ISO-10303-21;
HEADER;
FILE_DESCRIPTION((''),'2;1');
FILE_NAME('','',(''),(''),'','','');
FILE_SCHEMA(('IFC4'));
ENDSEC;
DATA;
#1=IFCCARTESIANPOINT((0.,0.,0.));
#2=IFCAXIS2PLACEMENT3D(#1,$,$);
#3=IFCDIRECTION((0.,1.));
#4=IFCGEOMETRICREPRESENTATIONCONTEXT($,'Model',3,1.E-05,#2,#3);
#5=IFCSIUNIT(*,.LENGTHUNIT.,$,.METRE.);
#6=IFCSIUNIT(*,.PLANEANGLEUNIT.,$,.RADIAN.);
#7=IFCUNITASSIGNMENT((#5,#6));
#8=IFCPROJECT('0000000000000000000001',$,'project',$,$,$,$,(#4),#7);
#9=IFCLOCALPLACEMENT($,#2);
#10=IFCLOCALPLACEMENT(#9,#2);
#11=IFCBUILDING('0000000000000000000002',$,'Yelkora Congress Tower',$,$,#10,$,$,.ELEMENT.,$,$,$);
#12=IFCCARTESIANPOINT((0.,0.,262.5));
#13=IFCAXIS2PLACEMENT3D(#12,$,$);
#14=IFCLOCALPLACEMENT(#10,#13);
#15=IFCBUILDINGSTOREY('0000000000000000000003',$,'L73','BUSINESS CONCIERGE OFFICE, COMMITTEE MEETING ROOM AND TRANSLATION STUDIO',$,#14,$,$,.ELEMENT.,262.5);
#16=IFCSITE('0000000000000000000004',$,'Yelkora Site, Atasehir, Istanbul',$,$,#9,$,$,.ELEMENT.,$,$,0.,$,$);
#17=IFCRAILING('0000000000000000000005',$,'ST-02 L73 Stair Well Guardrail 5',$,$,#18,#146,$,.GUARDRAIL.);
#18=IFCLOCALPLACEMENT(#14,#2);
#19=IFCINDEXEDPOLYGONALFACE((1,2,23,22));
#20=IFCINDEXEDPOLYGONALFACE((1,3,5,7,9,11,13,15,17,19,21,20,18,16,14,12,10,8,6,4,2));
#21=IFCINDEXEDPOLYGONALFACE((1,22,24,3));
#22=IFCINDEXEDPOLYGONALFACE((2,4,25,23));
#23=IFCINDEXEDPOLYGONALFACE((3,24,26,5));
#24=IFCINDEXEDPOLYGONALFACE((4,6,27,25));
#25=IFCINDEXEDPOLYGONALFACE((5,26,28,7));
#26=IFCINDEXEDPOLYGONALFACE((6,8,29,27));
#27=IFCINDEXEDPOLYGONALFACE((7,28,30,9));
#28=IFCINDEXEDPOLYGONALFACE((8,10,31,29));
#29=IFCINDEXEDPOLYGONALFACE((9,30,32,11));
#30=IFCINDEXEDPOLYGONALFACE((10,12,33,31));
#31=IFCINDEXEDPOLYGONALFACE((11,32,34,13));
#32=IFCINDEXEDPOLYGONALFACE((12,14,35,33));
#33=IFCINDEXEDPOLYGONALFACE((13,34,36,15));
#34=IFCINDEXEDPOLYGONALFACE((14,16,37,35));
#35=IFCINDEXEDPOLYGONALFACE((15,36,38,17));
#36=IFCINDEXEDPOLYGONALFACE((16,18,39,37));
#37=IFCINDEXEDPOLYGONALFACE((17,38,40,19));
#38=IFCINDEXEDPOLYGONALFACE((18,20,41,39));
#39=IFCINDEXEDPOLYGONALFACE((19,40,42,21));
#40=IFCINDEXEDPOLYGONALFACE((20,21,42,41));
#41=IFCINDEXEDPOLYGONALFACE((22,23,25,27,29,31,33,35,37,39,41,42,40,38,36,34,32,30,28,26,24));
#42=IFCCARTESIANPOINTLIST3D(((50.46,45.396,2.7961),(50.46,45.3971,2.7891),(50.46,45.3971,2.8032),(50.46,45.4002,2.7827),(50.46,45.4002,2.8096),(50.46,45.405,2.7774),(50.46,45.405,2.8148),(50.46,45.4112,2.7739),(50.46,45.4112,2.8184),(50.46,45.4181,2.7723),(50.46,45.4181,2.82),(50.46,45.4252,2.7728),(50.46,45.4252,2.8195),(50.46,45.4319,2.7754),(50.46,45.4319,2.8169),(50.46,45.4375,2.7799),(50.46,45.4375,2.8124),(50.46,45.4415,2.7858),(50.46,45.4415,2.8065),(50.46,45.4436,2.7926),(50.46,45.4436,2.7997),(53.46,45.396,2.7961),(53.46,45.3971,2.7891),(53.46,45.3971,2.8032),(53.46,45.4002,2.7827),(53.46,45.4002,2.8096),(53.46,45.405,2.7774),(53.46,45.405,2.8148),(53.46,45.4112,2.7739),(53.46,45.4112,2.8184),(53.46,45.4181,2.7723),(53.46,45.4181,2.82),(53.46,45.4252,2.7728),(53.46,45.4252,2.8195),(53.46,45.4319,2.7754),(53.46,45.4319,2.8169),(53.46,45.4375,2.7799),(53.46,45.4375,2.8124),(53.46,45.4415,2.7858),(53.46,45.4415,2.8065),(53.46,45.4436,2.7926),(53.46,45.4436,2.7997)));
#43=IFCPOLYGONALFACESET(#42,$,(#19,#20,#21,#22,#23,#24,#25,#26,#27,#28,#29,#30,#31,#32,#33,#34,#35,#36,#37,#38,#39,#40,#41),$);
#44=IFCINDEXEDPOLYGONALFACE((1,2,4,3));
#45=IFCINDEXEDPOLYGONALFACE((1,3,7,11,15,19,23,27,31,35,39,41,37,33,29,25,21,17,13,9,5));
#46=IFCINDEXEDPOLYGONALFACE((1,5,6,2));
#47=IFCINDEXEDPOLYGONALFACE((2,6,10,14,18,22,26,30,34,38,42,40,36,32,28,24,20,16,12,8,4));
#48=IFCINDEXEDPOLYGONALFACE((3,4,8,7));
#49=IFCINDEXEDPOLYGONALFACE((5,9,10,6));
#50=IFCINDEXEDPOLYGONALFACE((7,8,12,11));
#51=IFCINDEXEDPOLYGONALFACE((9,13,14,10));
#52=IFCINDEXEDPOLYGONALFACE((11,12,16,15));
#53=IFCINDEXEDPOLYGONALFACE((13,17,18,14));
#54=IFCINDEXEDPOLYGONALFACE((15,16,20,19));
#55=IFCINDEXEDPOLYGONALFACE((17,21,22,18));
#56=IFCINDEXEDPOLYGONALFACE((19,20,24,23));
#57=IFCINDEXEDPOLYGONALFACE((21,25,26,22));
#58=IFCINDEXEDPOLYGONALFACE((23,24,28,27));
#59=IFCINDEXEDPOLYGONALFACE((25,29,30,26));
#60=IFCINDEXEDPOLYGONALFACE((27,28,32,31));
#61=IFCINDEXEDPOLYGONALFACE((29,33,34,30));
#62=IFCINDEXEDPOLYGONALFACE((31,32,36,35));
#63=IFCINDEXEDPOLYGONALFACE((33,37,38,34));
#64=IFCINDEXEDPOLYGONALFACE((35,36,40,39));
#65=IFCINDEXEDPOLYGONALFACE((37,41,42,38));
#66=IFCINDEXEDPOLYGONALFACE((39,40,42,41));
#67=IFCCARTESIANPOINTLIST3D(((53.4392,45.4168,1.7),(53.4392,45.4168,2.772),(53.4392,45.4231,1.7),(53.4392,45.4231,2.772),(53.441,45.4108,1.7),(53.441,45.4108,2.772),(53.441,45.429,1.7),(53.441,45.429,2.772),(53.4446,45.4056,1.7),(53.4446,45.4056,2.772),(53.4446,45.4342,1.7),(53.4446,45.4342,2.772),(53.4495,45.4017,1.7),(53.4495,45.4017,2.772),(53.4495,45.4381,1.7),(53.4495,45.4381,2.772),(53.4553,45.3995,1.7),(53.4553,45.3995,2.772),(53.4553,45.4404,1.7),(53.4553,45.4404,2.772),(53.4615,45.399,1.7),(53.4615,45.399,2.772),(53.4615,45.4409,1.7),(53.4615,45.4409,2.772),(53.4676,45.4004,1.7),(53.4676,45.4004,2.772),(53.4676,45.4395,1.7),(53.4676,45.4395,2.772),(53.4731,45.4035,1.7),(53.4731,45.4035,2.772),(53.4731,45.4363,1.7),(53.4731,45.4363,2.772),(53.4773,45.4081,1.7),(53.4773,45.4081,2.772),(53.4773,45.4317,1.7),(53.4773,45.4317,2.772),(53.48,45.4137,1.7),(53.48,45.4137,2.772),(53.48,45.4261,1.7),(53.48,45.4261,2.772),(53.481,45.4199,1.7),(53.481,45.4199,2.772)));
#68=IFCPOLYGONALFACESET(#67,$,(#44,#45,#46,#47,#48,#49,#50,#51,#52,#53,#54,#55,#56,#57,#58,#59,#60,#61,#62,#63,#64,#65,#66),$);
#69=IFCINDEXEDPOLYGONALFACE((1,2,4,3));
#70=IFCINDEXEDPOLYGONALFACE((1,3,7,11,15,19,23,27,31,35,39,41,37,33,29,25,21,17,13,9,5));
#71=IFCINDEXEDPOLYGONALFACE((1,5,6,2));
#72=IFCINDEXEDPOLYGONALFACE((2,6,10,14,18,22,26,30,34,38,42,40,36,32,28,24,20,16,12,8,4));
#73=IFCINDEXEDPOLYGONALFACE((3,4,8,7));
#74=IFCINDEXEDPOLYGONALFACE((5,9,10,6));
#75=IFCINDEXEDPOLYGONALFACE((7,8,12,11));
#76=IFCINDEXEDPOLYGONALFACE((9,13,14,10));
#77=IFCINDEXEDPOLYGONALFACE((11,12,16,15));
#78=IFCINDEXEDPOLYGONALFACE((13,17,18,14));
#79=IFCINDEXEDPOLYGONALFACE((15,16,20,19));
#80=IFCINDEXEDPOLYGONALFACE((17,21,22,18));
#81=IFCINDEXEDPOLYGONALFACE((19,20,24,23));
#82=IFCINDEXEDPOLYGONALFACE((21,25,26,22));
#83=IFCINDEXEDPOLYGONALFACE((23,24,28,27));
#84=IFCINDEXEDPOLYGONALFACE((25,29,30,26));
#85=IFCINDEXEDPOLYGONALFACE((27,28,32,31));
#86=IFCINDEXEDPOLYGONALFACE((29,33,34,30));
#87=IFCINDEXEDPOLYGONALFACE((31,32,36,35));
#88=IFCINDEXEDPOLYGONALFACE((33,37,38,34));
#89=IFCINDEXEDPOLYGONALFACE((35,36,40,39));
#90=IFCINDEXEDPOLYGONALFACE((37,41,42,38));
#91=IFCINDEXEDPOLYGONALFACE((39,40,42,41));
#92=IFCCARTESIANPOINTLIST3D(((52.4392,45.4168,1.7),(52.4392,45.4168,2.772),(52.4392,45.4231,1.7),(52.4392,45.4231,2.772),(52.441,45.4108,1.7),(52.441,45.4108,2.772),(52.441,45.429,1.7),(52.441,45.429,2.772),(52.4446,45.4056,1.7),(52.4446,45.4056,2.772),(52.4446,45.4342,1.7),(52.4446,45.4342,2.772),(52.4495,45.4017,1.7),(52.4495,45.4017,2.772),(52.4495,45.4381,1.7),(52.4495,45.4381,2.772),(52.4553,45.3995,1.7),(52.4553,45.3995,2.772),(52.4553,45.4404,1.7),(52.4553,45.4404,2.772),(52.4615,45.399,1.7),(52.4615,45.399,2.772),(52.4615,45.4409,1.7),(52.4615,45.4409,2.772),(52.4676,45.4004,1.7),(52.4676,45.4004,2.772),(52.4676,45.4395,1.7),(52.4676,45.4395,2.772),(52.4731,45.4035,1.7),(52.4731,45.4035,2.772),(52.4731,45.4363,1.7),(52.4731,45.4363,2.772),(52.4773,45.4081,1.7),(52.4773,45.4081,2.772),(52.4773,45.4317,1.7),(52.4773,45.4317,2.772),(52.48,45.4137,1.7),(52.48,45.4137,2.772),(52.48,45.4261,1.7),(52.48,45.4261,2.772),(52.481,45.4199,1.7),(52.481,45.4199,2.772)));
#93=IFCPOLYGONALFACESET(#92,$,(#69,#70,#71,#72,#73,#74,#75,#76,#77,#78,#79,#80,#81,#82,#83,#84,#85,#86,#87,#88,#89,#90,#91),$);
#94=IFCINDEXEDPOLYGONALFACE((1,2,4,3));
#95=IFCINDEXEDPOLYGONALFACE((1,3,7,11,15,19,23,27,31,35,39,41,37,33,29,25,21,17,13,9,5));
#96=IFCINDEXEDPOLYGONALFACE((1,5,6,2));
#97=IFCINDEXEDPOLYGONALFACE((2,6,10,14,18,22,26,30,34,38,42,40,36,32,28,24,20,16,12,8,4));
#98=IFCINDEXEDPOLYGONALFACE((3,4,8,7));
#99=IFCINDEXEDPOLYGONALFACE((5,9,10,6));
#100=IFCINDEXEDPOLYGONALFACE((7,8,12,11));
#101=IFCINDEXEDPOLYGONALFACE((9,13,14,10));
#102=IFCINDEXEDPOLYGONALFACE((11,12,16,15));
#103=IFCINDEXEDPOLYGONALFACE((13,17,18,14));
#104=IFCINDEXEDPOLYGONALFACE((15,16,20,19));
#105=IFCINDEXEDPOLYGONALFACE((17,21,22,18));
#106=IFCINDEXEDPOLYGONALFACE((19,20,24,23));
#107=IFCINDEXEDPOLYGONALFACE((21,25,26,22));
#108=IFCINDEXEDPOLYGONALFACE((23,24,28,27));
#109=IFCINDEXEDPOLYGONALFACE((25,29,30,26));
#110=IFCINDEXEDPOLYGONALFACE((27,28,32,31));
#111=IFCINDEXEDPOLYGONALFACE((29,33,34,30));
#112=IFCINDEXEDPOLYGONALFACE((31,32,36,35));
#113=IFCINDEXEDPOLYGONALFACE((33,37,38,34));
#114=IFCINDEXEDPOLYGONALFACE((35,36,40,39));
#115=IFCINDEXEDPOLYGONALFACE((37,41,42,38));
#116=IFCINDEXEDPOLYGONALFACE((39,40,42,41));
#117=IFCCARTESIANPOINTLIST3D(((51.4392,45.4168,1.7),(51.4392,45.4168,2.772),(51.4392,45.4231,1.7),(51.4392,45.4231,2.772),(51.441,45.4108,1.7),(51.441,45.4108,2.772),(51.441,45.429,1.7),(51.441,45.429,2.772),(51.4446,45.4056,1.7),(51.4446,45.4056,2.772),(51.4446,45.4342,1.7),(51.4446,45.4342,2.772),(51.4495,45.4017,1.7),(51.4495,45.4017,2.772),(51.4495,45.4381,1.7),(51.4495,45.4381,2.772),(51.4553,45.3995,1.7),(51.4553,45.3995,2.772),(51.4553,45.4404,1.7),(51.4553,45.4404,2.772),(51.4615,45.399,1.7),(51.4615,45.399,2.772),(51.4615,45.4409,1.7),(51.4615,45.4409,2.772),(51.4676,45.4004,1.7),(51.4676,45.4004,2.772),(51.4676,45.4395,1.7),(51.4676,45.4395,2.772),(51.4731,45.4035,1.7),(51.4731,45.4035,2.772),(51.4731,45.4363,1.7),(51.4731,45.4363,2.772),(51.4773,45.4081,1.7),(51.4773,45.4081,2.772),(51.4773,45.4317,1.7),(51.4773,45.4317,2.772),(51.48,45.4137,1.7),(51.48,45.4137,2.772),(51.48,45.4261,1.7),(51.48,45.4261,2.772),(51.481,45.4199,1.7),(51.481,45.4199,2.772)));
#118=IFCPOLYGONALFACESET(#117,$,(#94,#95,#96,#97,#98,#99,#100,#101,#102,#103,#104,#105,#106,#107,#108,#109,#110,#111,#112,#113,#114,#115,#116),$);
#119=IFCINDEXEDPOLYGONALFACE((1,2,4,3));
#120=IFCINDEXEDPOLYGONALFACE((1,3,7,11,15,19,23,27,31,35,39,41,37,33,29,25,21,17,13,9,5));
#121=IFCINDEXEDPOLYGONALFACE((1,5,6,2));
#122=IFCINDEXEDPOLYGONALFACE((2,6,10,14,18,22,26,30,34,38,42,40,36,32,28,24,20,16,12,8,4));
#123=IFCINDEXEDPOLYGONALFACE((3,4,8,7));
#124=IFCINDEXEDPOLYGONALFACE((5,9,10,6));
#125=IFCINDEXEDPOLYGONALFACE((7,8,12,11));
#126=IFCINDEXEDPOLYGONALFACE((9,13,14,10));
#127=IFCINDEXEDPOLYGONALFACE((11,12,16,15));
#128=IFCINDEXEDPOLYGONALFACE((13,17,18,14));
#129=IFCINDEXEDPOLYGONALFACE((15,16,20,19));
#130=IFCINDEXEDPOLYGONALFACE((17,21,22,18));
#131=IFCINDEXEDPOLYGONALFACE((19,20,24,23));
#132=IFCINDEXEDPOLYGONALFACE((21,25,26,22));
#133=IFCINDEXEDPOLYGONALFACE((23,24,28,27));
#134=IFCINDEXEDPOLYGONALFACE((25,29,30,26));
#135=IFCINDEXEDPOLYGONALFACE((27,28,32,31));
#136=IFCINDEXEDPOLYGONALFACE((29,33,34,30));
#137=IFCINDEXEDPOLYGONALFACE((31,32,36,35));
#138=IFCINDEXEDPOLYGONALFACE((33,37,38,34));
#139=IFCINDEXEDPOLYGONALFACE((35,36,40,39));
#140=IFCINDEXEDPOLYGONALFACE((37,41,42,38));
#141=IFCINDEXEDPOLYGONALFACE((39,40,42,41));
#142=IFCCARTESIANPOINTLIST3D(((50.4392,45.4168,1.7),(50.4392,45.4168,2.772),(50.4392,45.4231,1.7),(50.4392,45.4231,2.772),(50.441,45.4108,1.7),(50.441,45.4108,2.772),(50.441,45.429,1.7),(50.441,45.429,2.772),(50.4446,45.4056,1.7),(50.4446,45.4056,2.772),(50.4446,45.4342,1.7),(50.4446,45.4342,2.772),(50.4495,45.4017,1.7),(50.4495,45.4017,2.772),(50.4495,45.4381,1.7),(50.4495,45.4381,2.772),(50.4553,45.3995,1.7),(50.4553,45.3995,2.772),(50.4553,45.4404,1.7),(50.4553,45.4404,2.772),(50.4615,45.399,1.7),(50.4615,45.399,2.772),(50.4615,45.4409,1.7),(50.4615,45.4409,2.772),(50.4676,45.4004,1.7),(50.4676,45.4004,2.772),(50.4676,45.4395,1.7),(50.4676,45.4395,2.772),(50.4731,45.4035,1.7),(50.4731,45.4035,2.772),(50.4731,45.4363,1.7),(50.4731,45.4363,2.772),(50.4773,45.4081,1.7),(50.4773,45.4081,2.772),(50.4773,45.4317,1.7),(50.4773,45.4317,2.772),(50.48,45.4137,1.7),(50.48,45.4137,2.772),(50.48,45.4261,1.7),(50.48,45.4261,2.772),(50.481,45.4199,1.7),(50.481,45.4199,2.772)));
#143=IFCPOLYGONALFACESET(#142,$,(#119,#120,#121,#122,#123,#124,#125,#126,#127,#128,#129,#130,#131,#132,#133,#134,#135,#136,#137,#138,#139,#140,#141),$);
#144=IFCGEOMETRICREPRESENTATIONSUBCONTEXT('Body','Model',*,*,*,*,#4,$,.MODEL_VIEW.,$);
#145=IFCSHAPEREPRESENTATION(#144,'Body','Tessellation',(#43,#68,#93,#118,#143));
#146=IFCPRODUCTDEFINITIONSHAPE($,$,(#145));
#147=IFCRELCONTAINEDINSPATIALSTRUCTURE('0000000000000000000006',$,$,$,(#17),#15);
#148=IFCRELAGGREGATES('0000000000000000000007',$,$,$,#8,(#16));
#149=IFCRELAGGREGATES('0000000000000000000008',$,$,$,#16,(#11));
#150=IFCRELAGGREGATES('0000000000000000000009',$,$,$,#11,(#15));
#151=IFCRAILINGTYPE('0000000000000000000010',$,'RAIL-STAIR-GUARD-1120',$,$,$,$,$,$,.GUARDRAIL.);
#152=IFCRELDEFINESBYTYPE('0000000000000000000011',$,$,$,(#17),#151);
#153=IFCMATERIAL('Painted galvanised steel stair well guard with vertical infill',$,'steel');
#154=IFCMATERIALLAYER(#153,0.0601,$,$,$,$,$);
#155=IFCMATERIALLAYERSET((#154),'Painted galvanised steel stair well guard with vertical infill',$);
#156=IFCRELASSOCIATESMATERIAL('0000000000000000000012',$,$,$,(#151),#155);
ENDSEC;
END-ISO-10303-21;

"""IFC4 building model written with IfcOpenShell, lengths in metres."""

from ifc_helpers import new_model, si_unit, direction, frame, origin, origin_2d, place, context, subcontext, project, spatial, circle, extrude, material, layer, layer_set, type_object, element, save


model = new_model("IFC4")

# Units and contexts
model_context = context("Model", 3, precision=1e-05, world=origin(), true_north=direction((0.0, 1.0)))
body_context = subcontext(model_context, "Body", "Model", "MODEL_VIEW")
ifc_project = project(units=[si_unit("LENGTHUNIT", "METRE"), si_unit("PLANEANGLEUNIT", "RADIAN")], contexts=[model_context])

# Site, building, storey
site_placement = place(None, origin())
site = spatial("IfcSite", under=ifc_project, at=site_placement, Name="Yelkora Site, Atasehir, Istanbul", CompositionType="ELEMENT", RefElevation=0.0)
building_placement = place(site_placement, origin())
building = spatial("IfcBuilding", under=site, at=building_placement, Name="Yelkora Congress Tower", CompositionType="ELEMENT")
storey_placement = place(building_placement, frame((0.0, 0.0, 262.5)))
storey = spatial("IfcBuildingStorey", under=building, at=storey_placement, Name="L73", Description="BUSINESS CONCIERGE OFFICE, COMMITTEE MEETING ROOM AND TRANSLATION STUDIO", CompositionType="ELEMENT", Elevation=262.5)

# Railing
ifc_material_1 = material(Name="Painted galvanised steel stair well guard with vertical infill", Category="steel")
ifc_layer_1 = layer(ifc_material_1, 0.0601)
ifc_layer_set_1 = layer_set([ifc_layer_1], Name="Painted galvanised steel stair well guard with vertical infill")
railing_type_1 = type_object("IfcRailingType", Name="RAIL-STAIR-GUARD-1120", PredefinedType="GUARDRAIL", material=ifc_layer_set_1)
railing_1_placement = place(storey_placement, frame((53.46, 45.4199, 1.7)))
element("IfcRailing", 1, at=railing_1_placement, inside=storey, type_object=railing_type_1, Name="ST-02 L73 Stair Well Guardrail 5", PredefinedType="GUARDRAIL", context=body_context, shape_type="SweptSolid", body=[
    extrude(circle(Radius=0.0239, at=origin_2d()), frame((0.0, 0.0, 1.0962), z_axis=(-1.0, 0.0, 0.0), x_axis=(0.0, -1.0, 0.0)), (0.0, 0.0, 1.0), 3.0),
    extrude(circle(Radius=0.021, at=origin_2d()), origin(), (0.0, 0.0, 1.0), 1.072),
    extrude(circle(Radius=0.021, at=origin_2d()), frame((-1.0, 0.0, 0.0)), (0.0, 0.0, 1.0), 1.072),
    extrude(circle(Radius=0.021, at=origin_2d()), frame((-2.0, 0.0, 0.0)), (0.0, 0.0, 1.0), 1.072),
    extrude(circle(Radius=0.021, at=origin_2d()), frame((-3.0, 0.0, 0.0)), (0.0, 0.0, 1.0), 1.072),
])

save(model, "model.ifc")
